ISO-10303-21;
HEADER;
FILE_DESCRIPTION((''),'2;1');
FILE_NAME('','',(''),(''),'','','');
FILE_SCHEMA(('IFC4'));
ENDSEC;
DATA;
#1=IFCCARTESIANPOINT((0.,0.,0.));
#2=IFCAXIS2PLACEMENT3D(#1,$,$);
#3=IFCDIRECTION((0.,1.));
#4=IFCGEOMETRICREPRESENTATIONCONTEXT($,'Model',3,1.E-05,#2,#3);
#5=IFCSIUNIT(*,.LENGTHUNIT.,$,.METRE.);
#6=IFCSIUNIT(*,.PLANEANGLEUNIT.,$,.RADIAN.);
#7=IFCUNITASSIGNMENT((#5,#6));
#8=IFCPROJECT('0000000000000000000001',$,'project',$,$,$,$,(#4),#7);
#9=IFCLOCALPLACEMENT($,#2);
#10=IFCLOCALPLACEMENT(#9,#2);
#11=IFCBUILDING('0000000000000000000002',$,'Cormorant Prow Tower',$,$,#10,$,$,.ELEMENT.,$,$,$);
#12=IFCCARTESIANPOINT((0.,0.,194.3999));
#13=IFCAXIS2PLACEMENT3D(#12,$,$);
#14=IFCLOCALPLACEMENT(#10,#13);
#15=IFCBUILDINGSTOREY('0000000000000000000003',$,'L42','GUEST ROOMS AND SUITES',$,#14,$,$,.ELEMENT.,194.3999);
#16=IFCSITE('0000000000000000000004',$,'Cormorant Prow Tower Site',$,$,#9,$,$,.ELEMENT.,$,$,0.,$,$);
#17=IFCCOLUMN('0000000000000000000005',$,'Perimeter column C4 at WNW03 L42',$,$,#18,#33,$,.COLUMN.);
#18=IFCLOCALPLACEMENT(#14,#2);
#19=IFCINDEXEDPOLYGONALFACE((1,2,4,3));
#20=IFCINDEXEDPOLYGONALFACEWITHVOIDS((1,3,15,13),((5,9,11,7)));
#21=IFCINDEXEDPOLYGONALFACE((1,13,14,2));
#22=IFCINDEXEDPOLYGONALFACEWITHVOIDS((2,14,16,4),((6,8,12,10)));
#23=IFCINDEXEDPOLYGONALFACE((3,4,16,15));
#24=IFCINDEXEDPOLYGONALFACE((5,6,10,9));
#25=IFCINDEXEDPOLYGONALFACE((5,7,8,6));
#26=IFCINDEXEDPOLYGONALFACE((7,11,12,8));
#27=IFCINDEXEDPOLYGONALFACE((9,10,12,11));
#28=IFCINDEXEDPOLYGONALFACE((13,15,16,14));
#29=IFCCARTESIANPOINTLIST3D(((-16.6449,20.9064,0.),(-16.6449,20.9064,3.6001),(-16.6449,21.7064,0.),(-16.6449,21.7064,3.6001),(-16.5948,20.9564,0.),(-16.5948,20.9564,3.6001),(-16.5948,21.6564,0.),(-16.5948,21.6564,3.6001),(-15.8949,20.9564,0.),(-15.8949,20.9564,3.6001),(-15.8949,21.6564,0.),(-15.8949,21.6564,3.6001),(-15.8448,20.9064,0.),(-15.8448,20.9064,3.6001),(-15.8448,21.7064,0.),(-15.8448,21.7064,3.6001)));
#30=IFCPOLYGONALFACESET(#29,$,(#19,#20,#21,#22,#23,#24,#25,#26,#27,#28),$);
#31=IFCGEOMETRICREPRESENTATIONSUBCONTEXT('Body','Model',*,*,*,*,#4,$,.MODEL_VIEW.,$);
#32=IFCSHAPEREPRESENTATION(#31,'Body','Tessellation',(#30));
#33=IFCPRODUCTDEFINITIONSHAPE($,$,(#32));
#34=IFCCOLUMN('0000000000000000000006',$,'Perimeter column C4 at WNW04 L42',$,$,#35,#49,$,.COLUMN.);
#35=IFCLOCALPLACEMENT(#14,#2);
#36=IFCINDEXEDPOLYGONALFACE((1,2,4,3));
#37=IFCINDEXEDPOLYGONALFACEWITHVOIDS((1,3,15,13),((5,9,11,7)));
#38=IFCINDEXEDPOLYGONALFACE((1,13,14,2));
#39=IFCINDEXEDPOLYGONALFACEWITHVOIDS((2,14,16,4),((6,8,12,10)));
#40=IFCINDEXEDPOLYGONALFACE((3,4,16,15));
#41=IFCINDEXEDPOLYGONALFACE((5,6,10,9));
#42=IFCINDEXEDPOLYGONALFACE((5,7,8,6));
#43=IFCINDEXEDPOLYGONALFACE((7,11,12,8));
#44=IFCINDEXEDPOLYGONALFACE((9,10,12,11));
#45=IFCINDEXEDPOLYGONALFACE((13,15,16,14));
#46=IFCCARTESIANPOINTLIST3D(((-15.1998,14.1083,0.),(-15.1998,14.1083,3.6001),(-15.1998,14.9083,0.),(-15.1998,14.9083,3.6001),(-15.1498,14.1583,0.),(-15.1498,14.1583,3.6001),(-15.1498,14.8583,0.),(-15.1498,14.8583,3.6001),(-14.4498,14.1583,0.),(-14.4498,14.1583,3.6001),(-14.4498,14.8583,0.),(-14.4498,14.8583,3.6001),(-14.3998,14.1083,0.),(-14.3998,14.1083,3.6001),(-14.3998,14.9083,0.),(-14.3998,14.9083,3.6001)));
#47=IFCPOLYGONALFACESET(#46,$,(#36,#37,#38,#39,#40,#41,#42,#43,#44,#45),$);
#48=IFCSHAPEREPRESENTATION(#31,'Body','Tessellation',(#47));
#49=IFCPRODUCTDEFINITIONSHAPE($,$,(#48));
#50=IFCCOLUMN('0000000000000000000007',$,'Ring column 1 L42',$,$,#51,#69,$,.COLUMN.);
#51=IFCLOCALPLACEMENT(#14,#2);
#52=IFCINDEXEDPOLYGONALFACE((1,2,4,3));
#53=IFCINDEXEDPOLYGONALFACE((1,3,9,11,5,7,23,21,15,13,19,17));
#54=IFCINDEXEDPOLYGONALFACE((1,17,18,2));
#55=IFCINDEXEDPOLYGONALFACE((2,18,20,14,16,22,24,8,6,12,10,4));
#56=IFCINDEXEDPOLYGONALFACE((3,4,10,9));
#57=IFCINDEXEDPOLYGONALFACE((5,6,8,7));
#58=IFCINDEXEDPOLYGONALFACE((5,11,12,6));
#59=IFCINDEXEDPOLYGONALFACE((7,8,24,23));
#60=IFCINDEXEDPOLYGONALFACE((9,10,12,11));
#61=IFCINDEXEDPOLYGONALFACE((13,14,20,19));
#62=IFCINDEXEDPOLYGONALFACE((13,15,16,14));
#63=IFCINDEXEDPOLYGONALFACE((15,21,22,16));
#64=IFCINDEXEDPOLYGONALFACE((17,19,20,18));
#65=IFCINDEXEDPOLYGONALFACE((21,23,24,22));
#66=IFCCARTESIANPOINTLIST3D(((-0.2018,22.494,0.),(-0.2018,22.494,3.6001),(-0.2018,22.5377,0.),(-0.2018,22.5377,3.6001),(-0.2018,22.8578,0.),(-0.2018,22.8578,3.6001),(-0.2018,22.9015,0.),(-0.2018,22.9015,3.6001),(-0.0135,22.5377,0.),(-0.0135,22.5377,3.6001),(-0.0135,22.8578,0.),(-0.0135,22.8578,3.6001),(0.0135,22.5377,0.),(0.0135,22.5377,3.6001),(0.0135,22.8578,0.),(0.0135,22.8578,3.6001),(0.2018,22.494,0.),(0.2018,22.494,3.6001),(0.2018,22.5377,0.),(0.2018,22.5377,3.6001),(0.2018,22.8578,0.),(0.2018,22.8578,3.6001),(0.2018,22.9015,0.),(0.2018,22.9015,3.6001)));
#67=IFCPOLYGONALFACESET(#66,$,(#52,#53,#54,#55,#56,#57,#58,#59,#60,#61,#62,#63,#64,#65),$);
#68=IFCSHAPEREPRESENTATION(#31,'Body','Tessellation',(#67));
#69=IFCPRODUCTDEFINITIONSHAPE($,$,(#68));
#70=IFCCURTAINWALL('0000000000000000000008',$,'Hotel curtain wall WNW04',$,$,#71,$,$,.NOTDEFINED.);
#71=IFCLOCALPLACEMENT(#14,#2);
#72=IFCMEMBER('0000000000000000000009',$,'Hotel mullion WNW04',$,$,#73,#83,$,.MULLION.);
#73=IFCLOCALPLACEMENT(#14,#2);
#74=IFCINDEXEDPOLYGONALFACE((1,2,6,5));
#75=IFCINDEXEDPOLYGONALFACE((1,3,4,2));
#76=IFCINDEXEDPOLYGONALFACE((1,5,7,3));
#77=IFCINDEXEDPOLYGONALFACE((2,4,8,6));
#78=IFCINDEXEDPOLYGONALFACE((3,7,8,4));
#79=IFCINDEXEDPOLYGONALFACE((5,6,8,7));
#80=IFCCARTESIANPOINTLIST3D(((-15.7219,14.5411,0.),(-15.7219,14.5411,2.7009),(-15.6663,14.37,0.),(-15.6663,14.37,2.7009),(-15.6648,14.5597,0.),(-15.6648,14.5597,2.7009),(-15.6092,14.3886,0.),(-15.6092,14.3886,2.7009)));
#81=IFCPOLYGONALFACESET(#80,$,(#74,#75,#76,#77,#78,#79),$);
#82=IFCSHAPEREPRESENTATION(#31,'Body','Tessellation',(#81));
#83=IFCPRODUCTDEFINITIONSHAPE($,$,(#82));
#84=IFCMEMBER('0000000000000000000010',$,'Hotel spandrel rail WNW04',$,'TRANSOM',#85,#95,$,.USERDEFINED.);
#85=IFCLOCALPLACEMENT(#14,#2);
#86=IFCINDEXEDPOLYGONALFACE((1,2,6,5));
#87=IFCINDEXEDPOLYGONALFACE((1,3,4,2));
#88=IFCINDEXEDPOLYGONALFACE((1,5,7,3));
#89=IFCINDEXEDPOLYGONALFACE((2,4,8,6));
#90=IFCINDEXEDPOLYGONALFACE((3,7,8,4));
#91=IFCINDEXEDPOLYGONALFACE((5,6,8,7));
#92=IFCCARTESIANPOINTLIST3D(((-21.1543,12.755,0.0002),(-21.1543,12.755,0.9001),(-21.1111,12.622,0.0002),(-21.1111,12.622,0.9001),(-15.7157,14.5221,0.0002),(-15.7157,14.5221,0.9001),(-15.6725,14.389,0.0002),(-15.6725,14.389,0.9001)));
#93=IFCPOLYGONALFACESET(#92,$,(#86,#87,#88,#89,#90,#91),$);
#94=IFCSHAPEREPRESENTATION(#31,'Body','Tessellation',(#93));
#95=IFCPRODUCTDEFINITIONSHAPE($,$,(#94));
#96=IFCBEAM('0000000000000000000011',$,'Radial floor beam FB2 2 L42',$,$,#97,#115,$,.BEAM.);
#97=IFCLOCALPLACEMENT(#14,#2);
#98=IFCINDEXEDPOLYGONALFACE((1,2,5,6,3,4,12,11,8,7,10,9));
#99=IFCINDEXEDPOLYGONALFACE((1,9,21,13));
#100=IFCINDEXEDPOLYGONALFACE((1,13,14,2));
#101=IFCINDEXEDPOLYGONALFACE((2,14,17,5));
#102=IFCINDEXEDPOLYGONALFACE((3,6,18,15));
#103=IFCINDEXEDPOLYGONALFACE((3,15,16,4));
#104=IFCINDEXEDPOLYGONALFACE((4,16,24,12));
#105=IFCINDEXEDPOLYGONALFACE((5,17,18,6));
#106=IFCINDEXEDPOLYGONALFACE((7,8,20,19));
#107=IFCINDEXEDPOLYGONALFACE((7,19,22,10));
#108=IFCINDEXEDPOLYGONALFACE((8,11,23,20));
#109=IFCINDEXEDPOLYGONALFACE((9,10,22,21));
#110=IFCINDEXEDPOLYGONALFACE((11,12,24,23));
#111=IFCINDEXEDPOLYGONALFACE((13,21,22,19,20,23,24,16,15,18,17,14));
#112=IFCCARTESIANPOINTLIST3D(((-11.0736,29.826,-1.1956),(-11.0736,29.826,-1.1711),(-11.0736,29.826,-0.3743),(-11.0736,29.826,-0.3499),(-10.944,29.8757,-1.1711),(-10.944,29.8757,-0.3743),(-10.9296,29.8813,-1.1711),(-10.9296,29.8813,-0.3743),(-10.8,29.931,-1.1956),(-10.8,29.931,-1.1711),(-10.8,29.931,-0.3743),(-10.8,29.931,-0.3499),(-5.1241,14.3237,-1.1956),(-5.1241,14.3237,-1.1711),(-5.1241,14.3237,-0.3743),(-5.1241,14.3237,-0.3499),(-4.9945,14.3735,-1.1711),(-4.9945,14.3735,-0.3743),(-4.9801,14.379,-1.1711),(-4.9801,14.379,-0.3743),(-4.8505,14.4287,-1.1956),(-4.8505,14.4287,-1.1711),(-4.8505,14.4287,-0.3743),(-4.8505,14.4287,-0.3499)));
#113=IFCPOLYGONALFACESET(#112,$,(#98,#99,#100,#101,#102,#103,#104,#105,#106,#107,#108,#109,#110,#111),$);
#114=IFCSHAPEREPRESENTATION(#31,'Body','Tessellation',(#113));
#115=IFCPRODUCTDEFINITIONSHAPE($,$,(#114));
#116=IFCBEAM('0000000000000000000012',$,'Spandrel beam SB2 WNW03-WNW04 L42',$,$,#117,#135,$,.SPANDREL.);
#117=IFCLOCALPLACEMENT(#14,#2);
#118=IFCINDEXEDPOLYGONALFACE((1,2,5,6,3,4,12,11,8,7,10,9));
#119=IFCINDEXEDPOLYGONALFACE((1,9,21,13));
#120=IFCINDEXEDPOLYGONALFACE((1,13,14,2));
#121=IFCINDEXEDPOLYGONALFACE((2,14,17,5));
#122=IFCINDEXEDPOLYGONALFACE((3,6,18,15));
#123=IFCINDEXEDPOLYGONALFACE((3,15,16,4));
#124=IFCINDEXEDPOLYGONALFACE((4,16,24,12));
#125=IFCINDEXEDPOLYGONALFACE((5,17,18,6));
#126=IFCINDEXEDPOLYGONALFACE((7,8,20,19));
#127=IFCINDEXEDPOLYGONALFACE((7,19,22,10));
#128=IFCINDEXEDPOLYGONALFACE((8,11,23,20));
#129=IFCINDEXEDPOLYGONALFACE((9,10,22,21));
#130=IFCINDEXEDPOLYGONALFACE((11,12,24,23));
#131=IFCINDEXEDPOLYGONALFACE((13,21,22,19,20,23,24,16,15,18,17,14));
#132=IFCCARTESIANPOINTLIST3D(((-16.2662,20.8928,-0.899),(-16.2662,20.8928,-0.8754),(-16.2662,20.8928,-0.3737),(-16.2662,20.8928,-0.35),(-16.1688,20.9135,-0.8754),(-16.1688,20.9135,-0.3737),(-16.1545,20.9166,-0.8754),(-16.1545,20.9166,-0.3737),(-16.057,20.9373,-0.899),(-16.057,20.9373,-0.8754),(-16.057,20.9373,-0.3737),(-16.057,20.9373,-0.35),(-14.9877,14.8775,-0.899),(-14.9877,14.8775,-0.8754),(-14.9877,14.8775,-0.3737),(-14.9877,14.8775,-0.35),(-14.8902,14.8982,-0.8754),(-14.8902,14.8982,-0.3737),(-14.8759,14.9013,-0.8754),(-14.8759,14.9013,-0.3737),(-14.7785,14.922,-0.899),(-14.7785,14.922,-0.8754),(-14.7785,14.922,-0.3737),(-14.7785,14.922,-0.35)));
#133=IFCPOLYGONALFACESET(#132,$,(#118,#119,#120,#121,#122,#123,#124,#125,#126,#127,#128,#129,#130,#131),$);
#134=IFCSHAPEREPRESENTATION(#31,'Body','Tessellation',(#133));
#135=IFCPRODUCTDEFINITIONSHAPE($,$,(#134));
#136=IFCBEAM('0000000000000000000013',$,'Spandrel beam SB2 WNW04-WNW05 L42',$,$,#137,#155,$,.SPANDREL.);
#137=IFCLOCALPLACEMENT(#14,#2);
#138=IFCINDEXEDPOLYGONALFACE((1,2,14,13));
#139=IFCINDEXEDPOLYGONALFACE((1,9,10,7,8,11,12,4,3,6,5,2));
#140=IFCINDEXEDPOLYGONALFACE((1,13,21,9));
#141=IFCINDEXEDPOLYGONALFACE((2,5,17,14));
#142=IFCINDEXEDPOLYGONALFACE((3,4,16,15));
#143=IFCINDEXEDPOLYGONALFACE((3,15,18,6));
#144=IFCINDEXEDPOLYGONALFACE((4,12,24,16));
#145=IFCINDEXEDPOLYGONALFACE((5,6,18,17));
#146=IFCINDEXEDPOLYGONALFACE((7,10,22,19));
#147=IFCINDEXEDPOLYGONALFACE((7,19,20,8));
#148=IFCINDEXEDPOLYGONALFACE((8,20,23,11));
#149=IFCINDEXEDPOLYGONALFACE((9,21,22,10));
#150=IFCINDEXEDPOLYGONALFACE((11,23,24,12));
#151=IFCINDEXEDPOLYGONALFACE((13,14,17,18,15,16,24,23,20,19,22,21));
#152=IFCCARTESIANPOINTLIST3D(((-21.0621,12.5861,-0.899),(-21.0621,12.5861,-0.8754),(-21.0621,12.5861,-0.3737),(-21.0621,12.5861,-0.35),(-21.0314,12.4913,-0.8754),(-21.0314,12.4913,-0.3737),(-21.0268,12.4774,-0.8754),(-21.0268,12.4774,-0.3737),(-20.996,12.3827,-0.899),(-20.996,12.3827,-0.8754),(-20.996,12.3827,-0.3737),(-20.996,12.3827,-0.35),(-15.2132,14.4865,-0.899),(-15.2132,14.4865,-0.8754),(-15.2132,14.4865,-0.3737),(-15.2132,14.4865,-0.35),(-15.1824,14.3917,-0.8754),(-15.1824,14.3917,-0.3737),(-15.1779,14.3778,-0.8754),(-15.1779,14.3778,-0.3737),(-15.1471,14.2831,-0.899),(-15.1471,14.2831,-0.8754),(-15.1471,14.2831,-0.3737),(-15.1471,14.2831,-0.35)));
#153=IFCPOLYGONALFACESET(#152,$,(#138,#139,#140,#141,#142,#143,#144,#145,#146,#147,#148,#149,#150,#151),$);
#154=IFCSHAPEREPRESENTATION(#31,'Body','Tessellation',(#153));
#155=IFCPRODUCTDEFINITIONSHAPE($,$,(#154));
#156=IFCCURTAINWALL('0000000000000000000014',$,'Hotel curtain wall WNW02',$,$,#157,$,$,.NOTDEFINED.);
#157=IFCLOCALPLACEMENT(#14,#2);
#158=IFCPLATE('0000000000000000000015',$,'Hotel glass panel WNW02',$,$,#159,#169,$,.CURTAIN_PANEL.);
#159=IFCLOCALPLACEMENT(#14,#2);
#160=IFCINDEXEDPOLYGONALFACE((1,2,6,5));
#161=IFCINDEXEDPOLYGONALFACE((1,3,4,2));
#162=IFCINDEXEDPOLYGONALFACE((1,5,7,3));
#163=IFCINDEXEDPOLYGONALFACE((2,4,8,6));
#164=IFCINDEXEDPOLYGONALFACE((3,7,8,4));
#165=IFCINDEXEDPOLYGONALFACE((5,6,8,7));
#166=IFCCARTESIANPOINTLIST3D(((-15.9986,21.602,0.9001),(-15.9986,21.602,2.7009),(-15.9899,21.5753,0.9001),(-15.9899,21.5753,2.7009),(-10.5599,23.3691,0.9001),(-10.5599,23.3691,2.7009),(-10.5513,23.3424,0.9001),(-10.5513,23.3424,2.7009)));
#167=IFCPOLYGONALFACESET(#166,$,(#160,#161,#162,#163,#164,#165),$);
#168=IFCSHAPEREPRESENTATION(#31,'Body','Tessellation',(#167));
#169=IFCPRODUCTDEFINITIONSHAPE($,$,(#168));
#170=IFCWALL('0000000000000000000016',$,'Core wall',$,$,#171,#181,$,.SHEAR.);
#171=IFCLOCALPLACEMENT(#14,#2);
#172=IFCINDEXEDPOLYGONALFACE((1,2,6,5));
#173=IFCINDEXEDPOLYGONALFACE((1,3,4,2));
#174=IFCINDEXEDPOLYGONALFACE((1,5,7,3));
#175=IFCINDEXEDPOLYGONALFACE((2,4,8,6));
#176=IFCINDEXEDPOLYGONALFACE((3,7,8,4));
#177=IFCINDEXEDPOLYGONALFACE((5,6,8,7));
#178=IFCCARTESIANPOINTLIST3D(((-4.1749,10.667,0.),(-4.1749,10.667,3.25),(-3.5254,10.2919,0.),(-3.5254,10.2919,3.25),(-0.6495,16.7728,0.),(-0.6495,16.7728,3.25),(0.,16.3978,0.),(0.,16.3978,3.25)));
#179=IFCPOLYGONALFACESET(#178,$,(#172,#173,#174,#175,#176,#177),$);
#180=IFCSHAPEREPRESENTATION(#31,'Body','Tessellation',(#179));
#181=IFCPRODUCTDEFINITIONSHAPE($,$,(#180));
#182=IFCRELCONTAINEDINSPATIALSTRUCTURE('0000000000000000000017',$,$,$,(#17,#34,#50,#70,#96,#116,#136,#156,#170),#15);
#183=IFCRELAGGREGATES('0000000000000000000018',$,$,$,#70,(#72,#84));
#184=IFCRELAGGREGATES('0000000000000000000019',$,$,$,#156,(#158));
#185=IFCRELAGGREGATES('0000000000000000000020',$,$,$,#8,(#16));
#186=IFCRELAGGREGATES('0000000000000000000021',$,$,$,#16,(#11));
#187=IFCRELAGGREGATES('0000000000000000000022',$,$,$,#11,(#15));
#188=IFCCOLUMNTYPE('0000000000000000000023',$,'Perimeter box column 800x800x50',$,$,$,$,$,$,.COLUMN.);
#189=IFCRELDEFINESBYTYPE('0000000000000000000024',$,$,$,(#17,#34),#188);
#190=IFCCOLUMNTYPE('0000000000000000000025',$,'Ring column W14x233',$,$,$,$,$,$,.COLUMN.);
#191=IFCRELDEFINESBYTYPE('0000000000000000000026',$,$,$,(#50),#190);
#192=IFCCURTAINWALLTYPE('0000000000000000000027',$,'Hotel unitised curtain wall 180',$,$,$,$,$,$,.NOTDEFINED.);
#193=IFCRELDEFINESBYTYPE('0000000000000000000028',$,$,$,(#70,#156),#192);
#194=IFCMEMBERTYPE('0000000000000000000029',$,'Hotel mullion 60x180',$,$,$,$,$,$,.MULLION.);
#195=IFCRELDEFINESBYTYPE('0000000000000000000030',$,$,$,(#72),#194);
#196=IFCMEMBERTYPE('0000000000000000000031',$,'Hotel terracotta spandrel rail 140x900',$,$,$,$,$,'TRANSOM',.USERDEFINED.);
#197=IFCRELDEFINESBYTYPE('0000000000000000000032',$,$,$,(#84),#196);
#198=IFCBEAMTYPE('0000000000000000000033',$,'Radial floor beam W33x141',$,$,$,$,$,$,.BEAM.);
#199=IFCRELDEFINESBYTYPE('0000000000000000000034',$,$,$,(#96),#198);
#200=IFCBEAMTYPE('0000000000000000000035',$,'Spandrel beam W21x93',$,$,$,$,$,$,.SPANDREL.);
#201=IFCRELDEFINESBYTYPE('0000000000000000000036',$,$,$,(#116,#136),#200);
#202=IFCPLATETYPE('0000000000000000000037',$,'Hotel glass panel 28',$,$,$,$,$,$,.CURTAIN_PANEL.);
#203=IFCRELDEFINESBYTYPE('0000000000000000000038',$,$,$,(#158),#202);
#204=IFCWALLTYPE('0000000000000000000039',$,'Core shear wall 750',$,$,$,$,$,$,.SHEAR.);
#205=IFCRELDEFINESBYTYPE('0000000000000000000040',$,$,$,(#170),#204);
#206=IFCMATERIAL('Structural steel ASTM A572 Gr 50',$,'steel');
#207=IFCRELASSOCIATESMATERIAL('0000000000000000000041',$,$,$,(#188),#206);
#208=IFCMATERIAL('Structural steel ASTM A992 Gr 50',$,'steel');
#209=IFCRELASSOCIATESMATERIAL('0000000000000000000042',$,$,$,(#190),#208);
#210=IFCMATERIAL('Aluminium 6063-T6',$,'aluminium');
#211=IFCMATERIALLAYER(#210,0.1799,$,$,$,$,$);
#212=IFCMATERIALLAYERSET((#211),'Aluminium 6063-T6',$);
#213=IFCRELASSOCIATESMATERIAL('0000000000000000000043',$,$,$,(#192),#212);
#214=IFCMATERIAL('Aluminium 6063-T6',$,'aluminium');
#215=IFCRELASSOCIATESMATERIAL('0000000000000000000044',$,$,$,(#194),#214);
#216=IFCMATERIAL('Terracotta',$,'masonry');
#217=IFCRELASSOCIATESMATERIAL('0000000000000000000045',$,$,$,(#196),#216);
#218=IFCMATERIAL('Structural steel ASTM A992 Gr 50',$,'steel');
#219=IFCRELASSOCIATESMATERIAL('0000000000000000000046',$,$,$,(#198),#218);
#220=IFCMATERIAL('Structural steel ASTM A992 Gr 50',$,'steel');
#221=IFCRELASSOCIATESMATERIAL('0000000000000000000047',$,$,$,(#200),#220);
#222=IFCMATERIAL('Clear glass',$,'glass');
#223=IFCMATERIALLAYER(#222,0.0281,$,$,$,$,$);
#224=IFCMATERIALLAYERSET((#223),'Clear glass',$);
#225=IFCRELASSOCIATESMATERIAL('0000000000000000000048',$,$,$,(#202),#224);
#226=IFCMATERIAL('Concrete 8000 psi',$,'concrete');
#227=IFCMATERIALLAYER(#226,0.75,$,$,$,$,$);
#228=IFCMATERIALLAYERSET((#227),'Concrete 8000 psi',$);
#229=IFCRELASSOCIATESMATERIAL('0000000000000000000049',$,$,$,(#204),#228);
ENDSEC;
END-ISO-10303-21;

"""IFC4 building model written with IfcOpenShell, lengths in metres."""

from ifc_helpers import new_model, si_unit, direction, frame, frame_2d, origin, origin_2d, place, context, subcontext, project, spatial, rectangle, hollow_rectangle, i_section, extrude, material, layer, layer_set, material_profile, profile_set, type_object, element, aggregate, save


model = new_model("IFC4")

# Units and contexts
model_context = context("Model", 3, precision=1e-05, world=origin(), true_north=direction((0.0, 1.0)))
body_context = subcontext(model_context, "Body", "Model", "MODEL_VIEW")
ifc_project = project(units=[si_unit("LENGTHUNIT", "METRE"), si_unit("PLANEANGLEUNIT", "RADIAN")], contexts=[model_context])

# Site, building, storey
site_placement = place(None, origin())
site = spatial("IfcSite", under=ifc_project, at=site_placement, Name="Cormorant Prow Tower Site", CompositionType="ELEMENT", RefElevation=0.0)
building_placement = place(site_placement, origin())
building = spatial("IfcBuilding", under=site, at=building_placement, Name="Cormorant Prow Tower", CompositionType="ELEMENT")
storey_placement = place(building_placement, frame((0.0, 0.0, 194.3999)))
storey = spatial("IfcBuildingStorey", under=building, at=storey_placement, Name="L42", Description="GUEST ROOMS AND SUITES", CompositionType="ELEMENT", Elevation=194.3999)

# Columns
ifc_material_1 = material(Name="Structural steel ASTM A572 Gr 50", Category="steel")
ifc_material_profile_1 = material_profile(ifc_material_1, hollow_rectangle(XDim=0.8, YDim=0.8, WallThickness=0.05, at=origin_2d()), Name="Box 800x800x50")
ifc_profile_set_1 = profile_set([ifc_material_profile_1], Name="Structural steel ASTM A572 Gr 50")
column_type_1 = type_object("IfcColumnType", Name="Perimeter box column 800x800x50", PredefinedType="COLUMN", material=ifc_profile_set_1)
for number, where, z_axis, x_axis, name in (
    (1, (-16.2449, 21.3064, 0.0), (0.0, 0.0, 1.0), (1.0, 0.0, 0.0), "Perimeter column C4 at WNW03 L42"),
    (2, (-14.7998, 14.5083, 0.0), (0.0, 0.0, 1.0), (1.0, 0.0, 0.0), "Perimeter column C4 at WNW04 L42"),
):
    element("IfcColumn", number, at=place(storey_placement, frame(where, z_axis=z_axis, x_axis=x_axis)), inside=storey, type_object=column_type_1, Name=name, PredefinedType="COLUMN", context=body_context, shape_type="SweptSolid", body=[
        extrude(hollow_rectangle(XDim=0.8, YDim=0.8, WallThickness=0.05, at=origin_2d()), origin(), (0.0, 0.0, 1.0), 3.6001),
    ])
ifc_material_2 = material(Name="Structural steel ASTM A992 Gr 50", Category="steel")
ifc_material_profile_2 = material_profile(ifc_material_2, i_section(OverallWidth=0.4036, OverallDepth=0.4075, WebThickness=0.0271, FlangeThickness=0.0437, at=origin_2d()), Name="W14x233")
ifc_profile_set_2 = profile_set([ifc_material_profile_2], Name="Structural steel ASTM A992 Gr 50")
column_type_2 = type_object("IfcColumnType", Name="Ring column W14x233", PredefinedType="COLUMN", material=ifc_profile_set_2)
column_placement = place(storey_placement, frame((0.0, 22.6978, 0.0), z_axis=(0.0, 0.0, 1.0), x_axis=(1.0, 0.0, 0.0)))
element("IfcColumn", 3, at=column_placement, inside=storey, type_object=column_type_2, Name="Ring column 1 L42", PredefinedType="COLUMN", context=body_context, shape_type="SweptSolid", body=[
    extrude(i_section(OverallWidth=0.4036, OverallDepth=0.4075, WebThickness=0.0271, FlangeThickness=0.0437, at=origin_2d()), origin(), (0.0, 0.0, 1.0), 3.6001),
])

# Curtain wall, members
ifc_material_3 = material(Name="Aluminium 6063-T6", Category="aluminium")
ifc_layer_1 = layer(ifc_material_3, 0.1799)
ifc_layer_set_1 = layer_set([ifc_layer_1], Name="Aluminium 6063-T6")
curtain_wall_type = type_object("IfcCurtainWallType", Name="Hotel unitised curtain wall 180", PredefinedType="NOTDEFINED", material=ifc_layer_set_1)
curtain_wall_1_placement = place(storey_placement, origin())
curtain_wall_1 = element("IfcCurtainWall", 4, at=curtain_wall_1_placement, inside=storey, type_object=curtain_wall_type, Name="Hotel curtain wall WNW04", PredefinedType="NOTDEFINED")
ifc_material_4 = material(Name="Aluminium 6063-T6", Category="aluminium")
ifc_material_profile_3 = material_profile(ifc_material_4, rectangle(XDim=0.1799, YDim=0.0601, at=origin_2d()), Name="Hotel mullion 60x180")
ifc_profile_set_3 = profile_set([ifc_material_profile_3], Name="Aluminium 6063-T6")
member_type_1 = type_object("IfcMemberType", Name="Hotel mullion 60x180", PredefinedType="MULLION", material=ifc_profile_set_3)
member_1_placement = place(storey_placement, frame((-15.6655, 14.4648, 0.0), z_axis=(0.0, 0.0, 1.0), x_axis=(0.309017, -0.951057, 0.0)))
member_1 = element("IfcMember", 5, at=member_1_placement, type_object=member_type_1, Name="Hotel mullion WNW04", PredefinedType="MULLION", context=body_context, shape_type="SweptSolid", body=[
    extrude(rectangle(XDim=0.1799, YDim=0.0601, at=origin_2d()), origin(), (0.0, 0.0, 1.0), 2.7009),
])
ifc_material_5 = material(Name="Terracotta", Category="masonry")
ifc_material_profile_4 = material_profile(ifc_material_5, rectangle(XDim=0.1399, YDim=0.8999, at=origin_2d()), Name="Hotel terracotta spandrel rail 140x900")
ifc_profile_set_4 = profile_set([ifc_material_profile_4], Name="Terracotta")
member_type_2 = type_object("IfcMemberType", Name="Hotel terracotta spandrel rail 140x900", ElementType="TRANSOM", PredefinedType="USERDEFINED", material=ifc_profile_set_4)
member_2_placement = place(storey_placement, frame((-15.6941, 14.4556, 0.4502), z_axis=(-0.951059, -0.309008, 0.0), x_axis=(0.309008, -0.951059, 0.0)))
member_2 = element("IfcMember", 6, at=member_2_placement, type_object=member_type_2, Name="Hotel spandrel rail WNW04", ObjectType="TRANSOM", PredefinedType="USERDEFINED", context=body_context, shape_type="SweptSolid", body=[
    extrude(rectangle(XDim=0.1399, YDim=0.8999, at=origin_2d()), origin(), (0.0, 0.0, 1.0), 5.7185),
])
aggregate(curtain_wall_1, [member_1, member_2])

# Beams
ifc_material_6 = material(Name="Structural steel ASTM A992 Gr 50", Category="steel")
ifc_material_profile_5 = material_profile(ifc_material_6, i_section(OverallWidth=0.293, OverallDepth=0.8457, WebThickness=0.0154, FlangeThickness=0.0244, at=origin_2d()), Name="W33x141")
ifc_profile_set_5 = profile_set([ifc_material_profile_5], Name="Structural steel ASTM A992 Gr 50")
beam_type_1 = type_object("IfcBeamType", Name="Radial floor beam W33x141", PredefinedType="BEAM", material=ifc_profile_set_5)
beam_1_placement = place(storey_placement, frame((-4.9873, 14.3762, -0.7727), z_axis=(-0.358301, 0.933606, 0.0), x_axis=(-0.933606, -0.358301, 0.0)))
element("IfcBeam", 7, at=beam_1_placement, inside=storey, type_object=beam_type_1, Name="Radial floor beam FB2 2 L42", PredefinedType="BEAM", context=body_context, shape_type="SweptSolid", body=[
    extrude(i_section(OverallWidth=0.293, OverallDepth=0.8457, WebThickness=0.0154, FlangeThickness=0.0244, at=origin_2d()), origin(), (0.0, 0.0, 1.0), 16.6047),
])
ifc_material_7 = material(Name="Structural steel ASTM A992 Gr 50", Category="steel")
ifc_material_profile_6 = material_profile(ifc_material_7, i_section(OverallWidth=0.2139, OverallDepth=0.5491, WebThickness=0.0146, FlangeThickness=0.0237, at=origin_2d()), Name="W21x93")
ifc_profile_set_6 = profile_set([ifc_material_profile_6], Name="Structural steel ASTM A992 Gr 50")
beam_type_2 = type_object("IfcBeamType", Name="Spandrel beam W21x93", PredefinedType="SPANDREL", material=ifc_profile_set_6)
beam_2_placement = place(storey_placement, frame((-16.1616, 20.915, -0.6245), z_axis=(0.207905, -0.978149, 0.0), x_axis=(0.978149, 0.207905, 0.0)))
element("IfcBeam", 8, at=beam_2_placement, inside=storey, type_object=beam_type_2, Name="Spandrel beam SB2 WNW03-WNW04 L42", PredefinedType="SPANDREL", context=body_context, shape_type="SweptSolid", body=[
    extrude(i_section(OverallWidth=0.2139, OverallDepth=0.5491, WebThickness=0.0146, FlangeThickness=0.0237, at=origin_2d()), origin(), (0.0, 0.0, 1.0), 6.1497),
])
beam_3_placement = place(storey_placement, frame((-15.1802, 14.3848, -0.6245), z_axis=(-0.951058, -0.309013, 0.0), x_axis=(0.309013, -0.951058, 0.0)))
element("IfcBeam", 9, at=beam_3_placement, inside=storey, type_object=beam_type_2, Name="Spandrel beam SB2 WNW04-WNW05 L42", PredefinedType="SPANDREL", context=body_context, shape_type="SweptSolid", body=[
    extrude(i_section(OverallWidth=0.2139, OverallDepth=0.5491, WebThickness=0.0146, FlangeThickness=0.0237, at=origin_2d()), origin(), (0.0, 0.0, 1.0), 6.1499),
])

# Curtain wall, plate
curtain_wall_2_placement = place(storey_placement, origin())
curtain_wall_2 = element("IfcCurtainWall", 10, at=curtain_wall_2_placement, inside=storey, type_object=curtain_wall_type, Name="Hotel curtain wall WNW02", PredefinedType="NOTDEFINED")
ifc_material_8 = material(Name="Clear glass", Category="glass")
ifc_layer_2 = layer(ifc_material_8, 0.0281)
ifc_layer_set_2 = layer_set([ifc_layer_2], Name="Clear glass")
plate_type = type_object("IfcPlateType", Name="Hotel glass panel 28", PredefinedType="CURTAIN_PANEL", material=ifc_layer_set_2)
plate_placement = place(storey_placement, frame((-13.2749, 22.4722, 0.9001), z_axis=(0.0, 0.0, 1.0), x_axis=(-0.951056, -0.309017, 0.0)))
plate = element("IfcPlate", 11, at=plate_placement, type_object=plate_type, Name="Hotel glass panel WNW02", PredefinedType="CURTAIN_PANEL", context=body_context, shape_type="SweptSolid", body=[
    extrude(rectangle(XDim=5.7185, YDim=0.0281, at=origin_2d()), origin(), (0.0, 0.0, 1.0), 1.8008),
])
aggregate(curtain_wall_2, [plate])

# Wall
ifc_material_9 = material(Name="Concrete 8000 psi", Category="concrete")
ifc_layer_3 = layer(ifc_material_9, 0.75)
ifc_layer_set_3 = layer_set([ifc_layer_3], Name="Concrete 8000 psi")
wall_type_1 = type_object("IfcWallType", Name="Core shear wall 750", PredefinedType="SHEAR", material=ifc_layer_set_3)
wall_1_placement = place(storey_placement, frame((-0.3247, 16.5854, 0.0), z_axis=(0.0, 0.0, 1.0), x_axis=(-0.500012, -0.866018, 0.0)))
element("IfcWall", 12, at=wall_1_placement, inside=storey, type_object=wall_type_1, Name="Core wall", PredefinedType="SHEAR", context=body_context, shape_type="SweptSolid", body=[
    extrude(rectangle(XDim=7.0505, YDim=0.75, at=frame_2d((3.5254, 0.0))), origin(), (0.0, 0.0, 1.0), 3.25),
])

save(model, "model.ifc")
